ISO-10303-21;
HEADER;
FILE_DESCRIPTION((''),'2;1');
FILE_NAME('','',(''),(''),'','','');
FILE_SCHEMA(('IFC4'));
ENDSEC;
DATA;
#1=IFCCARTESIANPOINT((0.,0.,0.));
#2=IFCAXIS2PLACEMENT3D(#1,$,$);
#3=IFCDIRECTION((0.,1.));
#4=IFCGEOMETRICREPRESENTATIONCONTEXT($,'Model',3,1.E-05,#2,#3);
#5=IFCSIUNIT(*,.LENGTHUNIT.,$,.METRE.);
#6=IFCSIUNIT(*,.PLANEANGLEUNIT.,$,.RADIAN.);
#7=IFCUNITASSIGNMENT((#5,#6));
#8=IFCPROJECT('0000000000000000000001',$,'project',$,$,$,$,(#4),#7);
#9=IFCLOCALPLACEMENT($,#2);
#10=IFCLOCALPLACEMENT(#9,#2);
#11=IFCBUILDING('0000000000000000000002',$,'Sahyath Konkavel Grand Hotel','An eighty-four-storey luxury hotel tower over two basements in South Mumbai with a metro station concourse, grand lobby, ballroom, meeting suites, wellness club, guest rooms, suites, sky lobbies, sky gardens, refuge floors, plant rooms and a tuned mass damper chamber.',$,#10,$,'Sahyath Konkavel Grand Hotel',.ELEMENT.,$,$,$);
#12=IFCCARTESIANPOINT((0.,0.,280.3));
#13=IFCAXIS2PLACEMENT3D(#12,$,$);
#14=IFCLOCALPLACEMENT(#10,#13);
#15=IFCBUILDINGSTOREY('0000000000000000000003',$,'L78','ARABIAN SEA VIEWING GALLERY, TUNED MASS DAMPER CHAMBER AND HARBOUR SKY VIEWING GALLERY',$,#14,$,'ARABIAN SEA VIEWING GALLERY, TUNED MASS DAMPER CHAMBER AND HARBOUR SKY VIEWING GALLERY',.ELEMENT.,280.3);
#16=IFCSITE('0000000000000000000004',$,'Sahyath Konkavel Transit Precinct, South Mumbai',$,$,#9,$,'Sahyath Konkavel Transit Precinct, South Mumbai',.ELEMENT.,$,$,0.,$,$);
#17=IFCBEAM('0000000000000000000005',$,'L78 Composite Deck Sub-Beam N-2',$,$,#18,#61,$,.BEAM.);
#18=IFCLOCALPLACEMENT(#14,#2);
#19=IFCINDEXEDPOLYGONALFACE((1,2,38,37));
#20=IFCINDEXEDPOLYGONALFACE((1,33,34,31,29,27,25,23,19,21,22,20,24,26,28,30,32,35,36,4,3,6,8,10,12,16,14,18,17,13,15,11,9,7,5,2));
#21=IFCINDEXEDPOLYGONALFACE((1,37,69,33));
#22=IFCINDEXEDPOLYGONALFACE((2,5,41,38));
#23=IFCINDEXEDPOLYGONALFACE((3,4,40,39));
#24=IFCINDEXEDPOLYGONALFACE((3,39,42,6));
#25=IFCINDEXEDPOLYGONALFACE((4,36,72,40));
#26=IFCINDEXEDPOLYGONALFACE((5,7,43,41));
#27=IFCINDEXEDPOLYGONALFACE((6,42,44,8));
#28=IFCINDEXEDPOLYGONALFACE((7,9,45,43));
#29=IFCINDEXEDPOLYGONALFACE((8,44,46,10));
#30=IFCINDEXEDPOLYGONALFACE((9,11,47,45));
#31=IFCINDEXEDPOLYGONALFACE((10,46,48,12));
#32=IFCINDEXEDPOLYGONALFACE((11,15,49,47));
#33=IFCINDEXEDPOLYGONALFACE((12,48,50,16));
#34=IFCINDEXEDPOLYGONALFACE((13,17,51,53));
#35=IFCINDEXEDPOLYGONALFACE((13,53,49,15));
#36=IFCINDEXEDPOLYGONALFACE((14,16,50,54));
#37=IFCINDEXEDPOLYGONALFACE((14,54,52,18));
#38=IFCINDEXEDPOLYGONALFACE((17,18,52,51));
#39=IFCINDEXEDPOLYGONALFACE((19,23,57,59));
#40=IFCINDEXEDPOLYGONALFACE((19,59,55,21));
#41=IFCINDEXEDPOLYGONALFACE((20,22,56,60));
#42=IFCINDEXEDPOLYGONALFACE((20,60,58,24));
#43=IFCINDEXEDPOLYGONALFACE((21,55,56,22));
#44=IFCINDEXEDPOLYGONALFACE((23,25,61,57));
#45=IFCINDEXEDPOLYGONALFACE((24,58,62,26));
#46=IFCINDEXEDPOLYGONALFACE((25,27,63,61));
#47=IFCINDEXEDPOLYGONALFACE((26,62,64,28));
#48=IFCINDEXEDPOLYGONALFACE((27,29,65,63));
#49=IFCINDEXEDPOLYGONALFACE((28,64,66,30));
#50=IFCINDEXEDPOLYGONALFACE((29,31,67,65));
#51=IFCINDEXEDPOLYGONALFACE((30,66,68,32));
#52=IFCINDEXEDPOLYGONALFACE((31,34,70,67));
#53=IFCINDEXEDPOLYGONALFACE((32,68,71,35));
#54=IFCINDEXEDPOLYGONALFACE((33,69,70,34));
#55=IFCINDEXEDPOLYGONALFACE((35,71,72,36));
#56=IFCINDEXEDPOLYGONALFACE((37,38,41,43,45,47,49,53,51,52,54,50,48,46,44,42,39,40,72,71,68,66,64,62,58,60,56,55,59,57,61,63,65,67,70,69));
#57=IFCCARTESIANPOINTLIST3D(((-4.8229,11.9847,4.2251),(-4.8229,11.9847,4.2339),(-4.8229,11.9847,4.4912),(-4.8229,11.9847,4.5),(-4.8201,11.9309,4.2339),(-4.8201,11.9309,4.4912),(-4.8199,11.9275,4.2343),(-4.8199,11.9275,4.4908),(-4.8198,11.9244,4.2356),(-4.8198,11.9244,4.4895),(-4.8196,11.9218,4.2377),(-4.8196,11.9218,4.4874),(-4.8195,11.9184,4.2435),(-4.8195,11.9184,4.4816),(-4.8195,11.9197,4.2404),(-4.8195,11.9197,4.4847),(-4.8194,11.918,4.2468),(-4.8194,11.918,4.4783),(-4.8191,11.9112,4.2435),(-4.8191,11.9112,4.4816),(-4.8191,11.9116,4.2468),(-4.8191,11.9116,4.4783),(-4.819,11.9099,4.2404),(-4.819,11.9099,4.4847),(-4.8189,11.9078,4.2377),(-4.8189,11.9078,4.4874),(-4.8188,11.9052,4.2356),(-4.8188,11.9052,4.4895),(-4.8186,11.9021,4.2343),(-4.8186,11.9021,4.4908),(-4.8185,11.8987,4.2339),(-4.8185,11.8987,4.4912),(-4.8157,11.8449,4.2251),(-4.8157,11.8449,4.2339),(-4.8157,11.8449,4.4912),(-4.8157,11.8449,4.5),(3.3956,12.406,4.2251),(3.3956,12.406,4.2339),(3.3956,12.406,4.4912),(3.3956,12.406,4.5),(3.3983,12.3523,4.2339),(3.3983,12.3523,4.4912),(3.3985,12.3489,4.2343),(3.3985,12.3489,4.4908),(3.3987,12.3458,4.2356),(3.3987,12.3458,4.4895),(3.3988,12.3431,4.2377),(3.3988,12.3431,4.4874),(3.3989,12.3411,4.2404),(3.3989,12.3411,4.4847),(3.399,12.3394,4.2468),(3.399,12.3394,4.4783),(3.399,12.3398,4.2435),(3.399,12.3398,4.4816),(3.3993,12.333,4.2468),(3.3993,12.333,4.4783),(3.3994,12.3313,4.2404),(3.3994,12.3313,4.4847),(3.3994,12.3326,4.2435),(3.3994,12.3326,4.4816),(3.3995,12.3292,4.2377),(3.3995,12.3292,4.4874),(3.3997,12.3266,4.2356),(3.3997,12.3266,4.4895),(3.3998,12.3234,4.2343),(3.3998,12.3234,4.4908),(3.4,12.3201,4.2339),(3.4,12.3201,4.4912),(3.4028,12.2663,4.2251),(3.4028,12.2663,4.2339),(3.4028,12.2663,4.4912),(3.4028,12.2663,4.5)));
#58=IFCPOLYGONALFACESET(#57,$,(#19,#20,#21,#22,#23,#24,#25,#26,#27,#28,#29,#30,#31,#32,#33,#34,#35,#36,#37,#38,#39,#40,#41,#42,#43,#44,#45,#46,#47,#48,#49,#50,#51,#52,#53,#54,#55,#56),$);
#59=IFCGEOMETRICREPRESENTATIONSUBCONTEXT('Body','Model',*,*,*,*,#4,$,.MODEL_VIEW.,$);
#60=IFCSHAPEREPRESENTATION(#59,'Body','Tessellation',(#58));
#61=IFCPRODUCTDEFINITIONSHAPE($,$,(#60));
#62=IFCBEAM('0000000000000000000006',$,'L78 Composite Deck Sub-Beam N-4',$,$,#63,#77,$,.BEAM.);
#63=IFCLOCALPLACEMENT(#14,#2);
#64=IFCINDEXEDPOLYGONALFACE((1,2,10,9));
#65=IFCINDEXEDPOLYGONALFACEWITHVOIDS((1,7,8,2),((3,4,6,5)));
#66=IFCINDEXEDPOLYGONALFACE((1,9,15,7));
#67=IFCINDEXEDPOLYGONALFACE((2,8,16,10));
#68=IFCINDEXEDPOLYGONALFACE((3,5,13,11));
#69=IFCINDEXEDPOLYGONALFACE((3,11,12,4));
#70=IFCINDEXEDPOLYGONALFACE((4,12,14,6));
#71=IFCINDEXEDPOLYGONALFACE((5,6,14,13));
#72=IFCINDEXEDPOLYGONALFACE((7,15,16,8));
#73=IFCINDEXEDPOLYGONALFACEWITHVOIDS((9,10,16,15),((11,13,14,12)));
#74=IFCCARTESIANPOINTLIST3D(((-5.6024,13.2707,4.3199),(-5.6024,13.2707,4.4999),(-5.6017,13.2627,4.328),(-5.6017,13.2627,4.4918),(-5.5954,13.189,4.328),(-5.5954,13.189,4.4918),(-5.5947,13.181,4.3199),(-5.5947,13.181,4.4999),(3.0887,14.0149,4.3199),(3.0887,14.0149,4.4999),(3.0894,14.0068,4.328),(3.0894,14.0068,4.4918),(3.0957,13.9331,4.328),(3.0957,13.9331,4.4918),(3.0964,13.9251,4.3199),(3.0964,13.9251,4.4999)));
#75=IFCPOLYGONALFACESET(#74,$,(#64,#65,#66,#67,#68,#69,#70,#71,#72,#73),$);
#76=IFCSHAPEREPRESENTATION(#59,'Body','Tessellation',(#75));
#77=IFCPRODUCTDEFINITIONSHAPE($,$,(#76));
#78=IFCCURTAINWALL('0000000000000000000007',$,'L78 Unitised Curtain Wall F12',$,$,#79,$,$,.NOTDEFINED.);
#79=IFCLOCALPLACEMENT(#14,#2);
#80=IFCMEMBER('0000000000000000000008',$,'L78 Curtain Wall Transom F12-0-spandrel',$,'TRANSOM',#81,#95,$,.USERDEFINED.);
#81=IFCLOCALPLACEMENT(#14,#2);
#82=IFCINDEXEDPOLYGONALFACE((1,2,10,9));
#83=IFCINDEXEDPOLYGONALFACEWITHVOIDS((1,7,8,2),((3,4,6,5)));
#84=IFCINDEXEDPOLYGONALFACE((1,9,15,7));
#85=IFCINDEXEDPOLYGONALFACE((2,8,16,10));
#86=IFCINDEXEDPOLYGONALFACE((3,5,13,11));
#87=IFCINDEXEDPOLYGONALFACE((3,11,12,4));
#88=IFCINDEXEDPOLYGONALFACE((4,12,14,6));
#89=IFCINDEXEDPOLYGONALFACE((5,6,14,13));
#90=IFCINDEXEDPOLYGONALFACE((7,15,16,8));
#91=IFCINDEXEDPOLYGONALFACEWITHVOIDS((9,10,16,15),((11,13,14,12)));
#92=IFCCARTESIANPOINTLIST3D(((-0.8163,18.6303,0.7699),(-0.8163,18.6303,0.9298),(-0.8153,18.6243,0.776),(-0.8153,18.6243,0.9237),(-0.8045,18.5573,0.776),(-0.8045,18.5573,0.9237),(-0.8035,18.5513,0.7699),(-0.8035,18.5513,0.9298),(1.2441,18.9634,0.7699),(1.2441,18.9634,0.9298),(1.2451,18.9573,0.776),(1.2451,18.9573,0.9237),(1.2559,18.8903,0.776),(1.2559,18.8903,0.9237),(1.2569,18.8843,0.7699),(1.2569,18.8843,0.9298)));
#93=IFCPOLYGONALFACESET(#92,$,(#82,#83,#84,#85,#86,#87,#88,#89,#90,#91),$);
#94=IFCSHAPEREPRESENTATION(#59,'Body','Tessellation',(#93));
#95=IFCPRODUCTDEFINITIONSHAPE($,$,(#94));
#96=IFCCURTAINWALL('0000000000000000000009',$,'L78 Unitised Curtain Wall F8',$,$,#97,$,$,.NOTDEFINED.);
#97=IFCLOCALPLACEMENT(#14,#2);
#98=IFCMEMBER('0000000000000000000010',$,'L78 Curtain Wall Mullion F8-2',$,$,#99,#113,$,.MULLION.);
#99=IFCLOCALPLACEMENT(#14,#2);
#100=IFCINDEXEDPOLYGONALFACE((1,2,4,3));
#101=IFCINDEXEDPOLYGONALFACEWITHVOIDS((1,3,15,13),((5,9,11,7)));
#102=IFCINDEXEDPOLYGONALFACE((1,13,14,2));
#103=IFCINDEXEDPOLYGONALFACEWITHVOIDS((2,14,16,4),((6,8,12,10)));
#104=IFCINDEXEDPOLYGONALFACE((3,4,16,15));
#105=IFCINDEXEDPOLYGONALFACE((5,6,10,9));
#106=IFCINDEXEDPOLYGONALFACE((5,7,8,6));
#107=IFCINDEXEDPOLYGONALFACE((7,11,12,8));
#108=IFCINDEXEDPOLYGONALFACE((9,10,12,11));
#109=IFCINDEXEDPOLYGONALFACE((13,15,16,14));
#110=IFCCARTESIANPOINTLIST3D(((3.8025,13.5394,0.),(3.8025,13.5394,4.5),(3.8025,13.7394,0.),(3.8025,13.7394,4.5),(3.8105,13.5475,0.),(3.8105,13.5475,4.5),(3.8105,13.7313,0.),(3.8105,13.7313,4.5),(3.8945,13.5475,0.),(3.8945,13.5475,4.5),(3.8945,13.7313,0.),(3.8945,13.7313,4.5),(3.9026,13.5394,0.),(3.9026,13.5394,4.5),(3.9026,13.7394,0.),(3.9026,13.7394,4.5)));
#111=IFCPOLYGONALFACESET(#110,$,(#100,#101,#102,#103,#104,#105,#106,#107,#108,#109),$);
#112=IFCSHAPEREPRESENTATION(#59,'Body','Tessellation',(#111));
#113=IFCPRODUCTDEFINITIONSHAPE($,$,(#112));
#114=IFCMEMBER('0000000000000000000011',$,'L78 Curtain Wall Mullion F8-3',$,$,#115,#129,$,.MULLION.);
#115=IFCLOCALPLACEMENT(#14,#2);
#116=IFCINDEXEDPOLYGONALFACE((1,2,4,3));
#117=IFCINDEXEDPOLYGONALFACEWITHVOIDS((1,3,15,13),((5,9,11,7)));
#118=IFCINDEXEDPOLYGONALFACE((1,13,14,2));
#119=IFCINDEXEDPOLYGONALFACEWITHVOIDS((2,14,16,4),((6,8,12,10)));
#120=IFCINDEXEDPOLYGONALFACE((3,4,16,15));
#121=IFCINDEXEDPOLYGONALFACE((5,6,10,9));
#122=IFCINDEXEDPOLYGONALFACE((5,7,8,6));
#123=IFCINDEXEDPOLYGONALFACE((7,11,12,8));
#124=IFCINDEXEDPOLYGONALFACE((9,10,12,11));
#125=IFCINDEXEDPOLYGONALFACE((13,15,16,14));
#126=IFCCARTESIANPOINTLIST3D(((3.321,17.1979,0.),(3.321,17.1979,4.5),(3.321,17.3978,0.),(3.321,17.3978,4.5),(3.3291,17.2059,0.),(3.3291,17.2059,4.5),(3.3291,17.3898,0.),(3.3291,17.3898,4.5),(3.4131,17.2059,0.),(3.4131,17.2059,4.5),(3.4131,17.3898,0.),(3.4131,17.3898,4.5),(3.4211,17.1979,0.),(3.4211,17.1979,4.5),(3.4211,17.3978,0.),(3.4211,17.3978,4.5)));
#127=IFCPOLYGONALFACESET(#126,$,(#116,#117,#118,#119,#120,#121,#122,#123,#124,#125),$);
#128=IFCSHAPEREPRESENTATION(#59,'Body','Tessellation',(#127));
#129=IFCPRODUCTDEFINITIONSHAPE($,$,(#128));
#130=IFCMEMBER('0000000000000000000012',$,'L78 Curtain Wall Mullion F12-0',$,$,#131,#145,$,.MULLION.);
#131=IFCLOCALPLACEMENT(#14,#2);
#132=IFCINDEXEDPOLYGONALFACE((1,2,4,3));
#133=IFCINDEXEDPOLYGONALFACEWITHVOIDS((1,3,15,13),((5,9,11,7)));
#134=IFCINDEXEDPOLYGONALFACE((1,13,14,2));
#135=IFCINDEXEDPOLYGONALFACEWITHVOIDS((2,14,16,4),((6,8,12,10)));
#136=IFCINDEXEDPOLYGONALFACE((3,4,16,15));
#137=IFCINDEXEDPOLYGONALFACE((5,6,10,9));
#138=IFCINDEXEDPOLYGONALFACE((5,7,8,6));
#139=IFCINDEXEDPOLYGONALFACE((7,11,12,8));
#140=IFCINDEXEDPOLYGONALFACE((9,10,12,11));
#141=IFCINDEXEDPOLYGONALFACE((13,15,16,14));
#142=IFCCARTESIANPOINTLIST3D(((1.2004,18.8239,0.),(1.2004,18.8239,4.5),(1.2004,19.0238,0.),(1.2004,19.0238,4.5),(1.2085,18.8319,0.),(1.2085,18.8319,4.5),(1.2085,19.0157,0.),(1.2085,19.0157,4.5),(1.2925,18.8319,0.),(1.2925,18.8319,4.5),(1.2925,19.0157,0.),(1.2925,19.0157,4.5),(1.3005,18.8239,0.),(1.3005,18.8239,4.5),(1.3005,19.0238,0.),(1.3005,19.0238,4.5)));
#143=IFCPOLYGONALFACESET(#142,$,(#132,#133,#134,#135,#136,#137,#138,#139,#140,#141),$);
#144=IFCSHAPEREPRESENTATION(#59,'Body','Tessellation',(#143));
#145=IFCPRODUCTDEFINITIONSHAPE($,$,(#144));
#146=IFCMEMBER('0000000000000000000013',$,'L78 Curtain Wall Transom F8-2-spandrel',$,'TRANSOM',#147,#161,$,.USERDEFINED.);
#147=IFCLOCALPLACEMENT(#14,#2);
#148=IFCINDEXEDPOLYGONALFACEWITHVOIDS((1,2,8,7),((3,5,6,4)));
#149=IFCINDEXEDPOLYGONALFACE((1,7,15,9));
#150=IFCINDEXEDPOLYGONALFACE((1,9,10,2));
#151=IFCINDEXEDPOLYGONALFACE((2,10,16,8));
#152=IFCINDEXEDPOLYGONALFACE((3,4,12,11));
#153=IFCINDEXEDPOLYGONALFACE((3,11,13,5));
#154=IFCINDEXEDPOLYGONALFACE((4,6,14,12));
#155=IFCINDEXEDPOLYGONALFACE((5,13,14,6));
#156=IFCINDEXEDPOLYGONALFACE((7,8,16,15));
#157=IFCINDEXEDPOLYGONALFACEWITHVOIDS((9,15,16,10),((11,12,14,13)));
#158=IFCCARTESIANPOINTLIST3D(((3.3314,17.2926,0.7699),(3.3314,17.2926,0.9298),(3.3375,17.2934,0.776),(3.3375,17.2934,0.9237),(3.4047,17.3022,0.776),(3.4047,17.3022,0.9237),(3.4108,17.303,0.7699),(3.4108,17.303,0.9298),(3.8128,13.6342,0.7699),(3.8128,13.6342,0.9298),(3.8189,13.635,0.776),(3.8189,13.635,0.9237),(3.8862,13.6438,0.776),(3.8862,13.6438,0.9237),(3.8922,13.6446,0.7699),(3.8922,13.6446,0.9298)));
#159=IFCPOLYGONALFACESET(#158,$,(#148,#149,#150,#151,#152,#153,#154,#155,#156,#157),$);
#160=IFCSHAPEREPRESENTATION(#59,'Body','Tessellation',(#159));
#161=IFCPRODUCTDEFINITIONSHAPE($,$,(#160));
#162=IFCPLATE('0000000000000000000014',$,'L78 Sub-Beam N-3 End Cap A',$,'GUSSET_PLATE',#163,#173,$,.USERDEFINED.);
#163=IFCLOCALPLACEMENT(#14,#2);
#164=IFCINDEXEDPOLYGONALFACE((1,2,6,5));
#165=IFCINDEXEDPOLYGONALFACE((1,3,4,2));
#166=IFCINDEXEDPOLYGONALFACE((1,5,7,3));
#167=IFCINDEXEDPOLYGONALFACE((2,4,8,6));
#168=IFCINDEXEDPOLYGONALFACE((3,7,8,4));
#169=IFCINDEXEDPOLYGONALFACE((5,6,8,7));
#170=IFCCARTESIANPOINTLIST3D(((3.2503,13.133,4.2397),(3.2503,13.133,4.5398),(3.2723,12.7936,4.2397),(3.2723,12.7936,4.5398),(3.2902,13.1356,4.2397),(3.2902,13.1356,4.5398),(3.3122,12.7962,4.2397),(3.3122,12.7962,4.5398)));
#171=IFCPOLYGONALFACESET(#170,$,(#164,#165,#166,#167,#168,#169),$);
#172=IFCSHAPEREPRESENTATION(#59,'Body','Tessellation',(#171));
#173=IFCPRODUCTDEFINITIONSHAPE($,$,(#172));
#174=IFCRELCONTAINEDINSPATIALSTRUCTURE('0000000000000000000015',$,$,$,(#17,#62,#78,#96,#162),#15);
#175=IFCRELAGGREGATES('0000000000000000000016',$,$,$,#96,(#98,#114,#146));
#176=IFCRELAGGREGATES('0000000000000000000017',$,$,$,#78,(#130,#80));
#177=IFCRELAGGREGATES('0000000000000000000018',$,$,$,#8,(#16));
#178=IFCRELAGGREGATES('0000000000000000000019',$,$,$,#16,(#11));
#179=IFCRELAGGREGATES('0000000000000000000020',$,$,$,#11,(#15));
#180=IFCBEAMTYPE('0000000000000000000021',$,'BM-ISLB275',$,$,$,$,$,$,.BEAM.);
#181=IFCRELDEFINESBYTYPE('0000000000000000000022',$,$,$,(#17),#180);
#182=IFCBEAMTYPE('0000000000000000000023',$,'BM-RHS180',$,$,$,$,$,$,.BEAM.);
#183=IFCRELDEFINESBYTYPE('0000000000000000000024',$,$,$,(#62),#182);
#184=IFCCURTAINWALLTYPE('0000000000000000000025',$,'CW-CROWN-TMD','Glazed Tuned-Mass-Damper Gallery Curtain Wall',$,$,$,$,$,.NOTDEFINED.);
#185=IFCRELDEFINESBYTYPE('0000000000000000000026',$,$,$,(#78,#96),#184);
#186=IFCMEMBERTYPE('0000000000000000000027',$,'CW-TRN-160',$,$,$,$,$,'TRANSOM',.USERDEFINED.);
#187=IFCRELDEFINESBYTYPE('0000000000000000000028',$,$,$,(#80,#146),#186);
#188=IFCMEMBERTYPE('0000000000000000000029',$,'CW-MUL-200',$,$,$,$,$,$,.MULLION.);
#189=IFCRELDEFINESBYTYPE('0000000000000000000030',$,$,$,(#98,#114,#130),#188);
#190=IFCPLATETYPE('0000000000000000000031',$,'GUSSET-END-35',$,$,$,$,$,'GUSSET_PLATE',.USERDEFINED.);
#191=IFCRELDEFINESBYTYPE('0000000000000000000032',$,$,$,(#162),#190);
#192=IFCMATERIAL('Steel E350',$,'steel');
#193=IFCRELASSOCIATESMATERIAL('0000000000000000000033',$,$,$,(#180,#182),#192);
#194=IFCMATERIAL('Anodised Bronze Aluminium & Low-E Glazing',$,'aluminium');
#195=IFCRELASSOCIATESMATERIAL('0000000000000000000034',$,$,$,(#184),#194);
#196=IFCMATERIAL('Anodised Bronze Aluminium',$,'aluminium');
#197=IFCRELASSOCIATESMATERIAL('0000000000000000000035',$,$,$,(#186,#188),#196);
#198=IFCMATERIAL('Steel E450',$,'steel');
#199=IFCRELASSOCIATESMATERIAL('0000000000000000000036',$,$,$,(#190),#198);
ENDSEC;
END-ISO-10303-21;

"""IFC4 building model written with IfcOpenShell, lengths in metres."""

from ifc_helpers import new_model, si_unit, direction, frame, origin, origin_2d, place, context, subcontext, project, spatial, rectangle, hollow_rectangle, i_section, extrude, source, transform, mapped, material, material_profile, profile_set, type_object, element, aggregate, save


model = new_model("IFC4")

# Units and contexts
model_context = context("Model", 3, precision=1e-05, world=origin(), true_north=direction((0.0, 1.0)))
body_context = subcontext(model_context, "Body", "Model", "MODEL_VIEW")
ifc_project = project(units=[si_unit("LENGTHUNIT", "METRE"), si_unit("PLANEANGLEUNIT", "RADIAN")], contexts=[model_context])

# Site, building, storey
site_placement = place(None, origin())
site = spatial("IfcSite", under=ifc_project, at=site_placement, Name="Sahyath Konkavel Transit Precinct, South Mumbai", LongName="Sahyath Konkavel Transit Precinct, South Mumbai", CompositionType="ELEMENT", RefElevation=0.0)
building_placement = place(site_placement, origin())
building = spatial("IfcBuilding", under=site, at=building_placement, Name="Sahyath Konkavel Grand Hotel", Description="An eighty-four-storey luxury hotel tower over two basements in South Mumbai with a metro station concourse, grand lobby, ballroom, meeting suites, wellness club, guest rooms, suites, sky lobbies, sky gardens, refuge floors, plant rooms and a tuned mass damper chamber.", LongName="Sahyath Konkavel Grand Hotel", CompositionType="ELEMENT")
storey_placement = place(building_placement, frame((0.0, 0.0, 280.3)))
storey = spatial("IfcBuildingStorey", under=building, at=storey_placement, Name="L78", Description="ARABIAN SEA VIEWING GALLERY, TUNED MASS DAMPER CHAMBER AND HARBOUR SKY VIEWING GALLERY", LongName="ARABIAN SEA VIEWING GALLERY, TUNED MASS DAMPER CHAMBER AND HARBOUR SKY VIEWING GALLERY", CompositionType="ELEMENT", Elevation=280.3)

# Beams
ifc_material_1 = material(Name="Steel E350", Category="steel")
ifc_material_profile_1 = material_profile(ifc_material_1, i_section(OverallWidth=0.1399, OverallDepth=0.2749, WebThickness=0.0063, FlangeThickness=0.0088, FilletRadius=0.0129, at=origin_2d()), Name="ISLB 275")
ifc_profile_set_1 = profile_set([ifc_material_profile_1], Name="Steel E350")
beam_type_1 = type_object("IfcBeamType", Name="BM-ISLB275", PredefinedType="BEAM", material=ifc_profile_set_1)
shared_shape_1 = source(origin(), body_context, "Body", "SweptSolid", [
    extrude(i_section(OverallWidth=0.1399, OverallDepth=0.2749, WebThickness=0.0063, FlangeThickness=0.0088, FilletRadius=0.0129, at=origin_2d()), origin(), (0.0, 0.0, 1.0), 8.2292),
])
beam_1_placement = place(storey_placement, frame((3.3992, 12.3362, 4.3625), z_axis=(-0.998688, -0.051206, 0.0), x_axis=(0.051206, -0.998688, 0.0)))
element("IfcBeam", 1, at=beam_1_placement, inside=storey, type_object=beam_type_1, Name="L78 Composite Deck Sub-Beam N-2", PredefinedType="BEAM", context=body_context, shape_type="MappedRepresentation", body=[
    mapped(shared_shape_1, transform((0.0, 0.0, 0.0), scale=1.0)),
])
ifc_material_profile_2 = material_profile(ifc_material_1, hollow_rectangle(XDim=0.0901, YDim=0.1799, WallThickness=0.0081, at=origin_2d()), Name="RHS 180x90x8")
ifc_profile_set_2 = profile_set([ifc_material_profile_2], Name="Steel E350")
beam_type_2 = type_object("IfcBeamType", Name="BM-RHS180", PredefinedType="BEAM", material=ifc_profile_set_2)
shared_shape_2 = source(origin(), body_context, "Body", "SweptSolid", [
    extrude(hollow_rectangle(XDim=0.0901, YDim=0.1799, WallThickness=0.0081, at=origin_2d()), origin(), (0.0, 0.0, 1.0), 8.7229),
])
beam_2_placement = place(storey_placement, frame((3.0925, 13.97, 4.4099), z_axis=(-0.996355, -0.085308, 0.0), x_axis=(0.085308, -0.996355, 0.0)))
element("IfcBeam", 2, at=beam_2_placement, inside=storey, type_object=beam_type_2, Name="L78 Composite Deck Sub-Beam N-4", PredefinedType="BEAM", context=body_context, shape_type="MappedRepresentation", body=[
    mapped(shared_shape_2, transform((0.0, 0.0, 0.0), scale=1.0)),
])

# Curtain wall, member
ifc_material_2 = material(Name="Anodised Bronze Aluminium & Low-E Glazing", Category="aluminium")
curtain_wall_type = type_object("IfcCurtainWallType", Name="CW-CROWN-TMD", Description="Glazed Tuned-Mass-Damper Gallery Curtain Wall", PredefinedType="NOTDEFINED", material=ifc_material_2)
curtain_wall_1_placement = place(storey_placement, origin())
curtain_wall_1 = element("IfcCurtainWall", 3, at=curtain_wall_1_placement, inside=storey, type_object=curtain_wall_type, Name="L78 Unitised Curtain Wall F12", PredefinedType="NOTDEFINED")
ifc_material_3 = material(Name="Anodised Bronze Aluminium", Category="aluminium")
ifc_material_profile_3 = material_profile(ifc_material_3, hollow_rectangle(XDim=0.0801, YDim=0.1599, WallThickness=0.0061, at=origin_2d()), Name="RHS 160x80x6")
ifc_profile_set_3 = profile_set([ifc_material_profile_3], Name="Anodised Bronze Aluminium")
member_type_1 = type_object("IfcMemberType", Name="CW-TRN-160", ElementType="TRANSOM", PredefinedType="USERDEFINED", material=ifc_profile_set_3)
shared_shape_3 = source(origin(), body_context, "Body", "SweptSolid", [
    extrude(hollow_rectangle(XDim=0.0801, YDim=0.1599, WallThickness=0.0061, at=origin_2d()), origin(), (0.0, 0.0, 1.0), 2.0872),
])
member_1_placement = place(storey_placement, frame((1.2505, 18.9238, 0.8499), z_axis=(-0.987188, -0.15956, 0.0), x_axis=(0.15956, -0.987188, 0.0)))
member_1 = element("IfcMember", 4, at=member_1_placement, type_object=member_type_1, Name="L78 Curtain Wall Transom F12-0-spandrel", ObjectType="TRANSOM", PredefinedType="USERDEFINED", context=body_context, shape_type="MappedRepresentation", body=[
    mapped(shared_shape_3, transform((0.0, 0.0, 0.0), scale=1.0)),
])

# Curtain wall, members
curtain_wall_2_placement = place(storey_placement, origin())
curtain_wall_2 = element("IfcCurtainWall", 5, at=curtain_wall_2_placement, inside=storey, type_object=curtain_wall_type, Name="L78 Unitised Curtain Wall F8", PredefinedType="NOTDEFINED")
ifc_material_profile_4 = material_profile(ifc_material_3, hollow_rectangle(XDim=0.1001, YDim=0.2, WallThickness=0.0081, at=origin_2d()), Name="RHS 200x100x8")
ifc_profile_set_4 = profile_set([ifc_material_profile_4], Name="Anodised Bronze Aluminium")
member_type_2 = type_object("IfcMemberType", Name="CW-MUL-200", PredefinedType="MULLION", material=ifc_profile_set_4)
shared_shape_4 = source(origin(), body_context, "Body", "SweptSolid", [
    extrude(hollow_rectangle(XDim=0.1001, YDim=0.2, WallThickness=0.0081, at=origin_2d()), origin(), (0.0, 0.0, 1.0), 4.5),
])
member_2_placement = place(storey_placement, frame((3.8525, 13.6394, 0.0), z_axis=(0.0, 0.0, 1.0), x_axis=(1.0, 0.0, 0.0)))
member_2 = element("IfcMember", 6, at=member_2_placement, type_object=member_type_2, Name="L78 Curtain Wall Mullion F8-2", PredefinedType="MULLION", context=body_context, shape_type="MappedRepresentation", body=[
    mapped(shared_shape_4, transform((0.0, 0.0, 0.0), scale=1.0)),
])
member_3_placement = place(storey_placement, frame((3.3711, 17.2979, 0.0), z_axis=(0.0, 0.0, 1.0), x_axis=(1.0, 0.0, 0.0)))
member_3 = element("IfcMember", 7, at=member_3_placement, type_object=member_type_2, Name="L78 Curtain Wall Mullion F8-3", PredefinedType="MULLION", context=body_context, shape_type="MappedRepresentation", body=[
    mapped(shared_shape_4, transform((0.0, 0.0, 0.0), scale=1.0)),
])

# Members
member_4_placement = place(storey_placement, frame((1.2505, 18.9238, 0.0), z_axis=(0.0, 0.0, 1.0), x_axis=(1.0, 0.0, 0.0)))
member_4 = element("IfcMember", 8, at=member_4_placement, type_object=member_type_2, Name="L78 Curtain Wall Mullion F12-0", PredefinedType="MULLION", context=body_context, shape_type="MappedRepresentation", body=[
    mapped(shared_shape_4, transform((0.0, 0.0, 0.0), scale=1.0)),
])
shared_shape_5 = source(origin(), body_context, "Body", "SweptSolid", [
    extrude(hollow_rectangle(XDim=0.0801, YDim=0.1599, WallThickness=0.0061, at=origin_2d()), origin(), (0.0, 0.0, 1.0), 3.6899),
])
member_5_placement = place(storey_placement, frame((3.8525, 13.6394, 0.8499), z_axis=(-0.130473, 0.991452, 0.0), x_axis=(-0.991452, -0.130473, 0.0)))
member_5 = element("IfcMember", 9, at=member_5_placement, type_object=member_type_1, Name="L78 Curtain Wall Transom F8-2-spandrel", ObjectType="TRANSOM", PredefinedType="USERDEFINED", context=body_context, shape_type="MappedRepresentation", body=[
    mapped(shared_shape_5, transform((0.0, 0.0, 0.0), scale=1.0)),
])

# Plate
ifc_material_4 = material(Name="Steel E450", Category="steel")
plate_type_1 = type_object("IfcPlateType", Name="GUSSET-END-35", ElementType="GUSSET_PLATE", PredefinedType="USERDEFINED", material=ifc_material_4)
shared_shape_6 = source(origin(), body_context, "Body", "SweptSolid", [
    extrude(rectangle(XDim=0.04, YDim=0.3401, at=origin_2d()), origin(), (0.0, 0.0, 1.0), 0.3),
])
plate_1_placement = place(storey_placement, frame((3.2812, 12.9646, 4.2397), z_axis=(0.0, 0.0, 1.0), x_axis=(-0.997898, -0.064811, 0.0)))
element("IfcPlate", 10, at=plate_1_placement, inside=storey, type_object=plate_type_1, Name="L78 Sub-Beam N-3 End Cap A", ObjectType="GUSSET_PLATE", PredefinedType="USERDEFINED", context=body_context, shape_type="MappedRepresentation", body=[
    mapped(shared_shape_6, transform((0.0, 0.0, 0.0), scale=1.0)),
])
aggregate(curtain_wall_2, [member_2, member_3, member_5])
aggregate(curtain_wall_1, [member_4, member_1])

save(model, "model.ifc")
